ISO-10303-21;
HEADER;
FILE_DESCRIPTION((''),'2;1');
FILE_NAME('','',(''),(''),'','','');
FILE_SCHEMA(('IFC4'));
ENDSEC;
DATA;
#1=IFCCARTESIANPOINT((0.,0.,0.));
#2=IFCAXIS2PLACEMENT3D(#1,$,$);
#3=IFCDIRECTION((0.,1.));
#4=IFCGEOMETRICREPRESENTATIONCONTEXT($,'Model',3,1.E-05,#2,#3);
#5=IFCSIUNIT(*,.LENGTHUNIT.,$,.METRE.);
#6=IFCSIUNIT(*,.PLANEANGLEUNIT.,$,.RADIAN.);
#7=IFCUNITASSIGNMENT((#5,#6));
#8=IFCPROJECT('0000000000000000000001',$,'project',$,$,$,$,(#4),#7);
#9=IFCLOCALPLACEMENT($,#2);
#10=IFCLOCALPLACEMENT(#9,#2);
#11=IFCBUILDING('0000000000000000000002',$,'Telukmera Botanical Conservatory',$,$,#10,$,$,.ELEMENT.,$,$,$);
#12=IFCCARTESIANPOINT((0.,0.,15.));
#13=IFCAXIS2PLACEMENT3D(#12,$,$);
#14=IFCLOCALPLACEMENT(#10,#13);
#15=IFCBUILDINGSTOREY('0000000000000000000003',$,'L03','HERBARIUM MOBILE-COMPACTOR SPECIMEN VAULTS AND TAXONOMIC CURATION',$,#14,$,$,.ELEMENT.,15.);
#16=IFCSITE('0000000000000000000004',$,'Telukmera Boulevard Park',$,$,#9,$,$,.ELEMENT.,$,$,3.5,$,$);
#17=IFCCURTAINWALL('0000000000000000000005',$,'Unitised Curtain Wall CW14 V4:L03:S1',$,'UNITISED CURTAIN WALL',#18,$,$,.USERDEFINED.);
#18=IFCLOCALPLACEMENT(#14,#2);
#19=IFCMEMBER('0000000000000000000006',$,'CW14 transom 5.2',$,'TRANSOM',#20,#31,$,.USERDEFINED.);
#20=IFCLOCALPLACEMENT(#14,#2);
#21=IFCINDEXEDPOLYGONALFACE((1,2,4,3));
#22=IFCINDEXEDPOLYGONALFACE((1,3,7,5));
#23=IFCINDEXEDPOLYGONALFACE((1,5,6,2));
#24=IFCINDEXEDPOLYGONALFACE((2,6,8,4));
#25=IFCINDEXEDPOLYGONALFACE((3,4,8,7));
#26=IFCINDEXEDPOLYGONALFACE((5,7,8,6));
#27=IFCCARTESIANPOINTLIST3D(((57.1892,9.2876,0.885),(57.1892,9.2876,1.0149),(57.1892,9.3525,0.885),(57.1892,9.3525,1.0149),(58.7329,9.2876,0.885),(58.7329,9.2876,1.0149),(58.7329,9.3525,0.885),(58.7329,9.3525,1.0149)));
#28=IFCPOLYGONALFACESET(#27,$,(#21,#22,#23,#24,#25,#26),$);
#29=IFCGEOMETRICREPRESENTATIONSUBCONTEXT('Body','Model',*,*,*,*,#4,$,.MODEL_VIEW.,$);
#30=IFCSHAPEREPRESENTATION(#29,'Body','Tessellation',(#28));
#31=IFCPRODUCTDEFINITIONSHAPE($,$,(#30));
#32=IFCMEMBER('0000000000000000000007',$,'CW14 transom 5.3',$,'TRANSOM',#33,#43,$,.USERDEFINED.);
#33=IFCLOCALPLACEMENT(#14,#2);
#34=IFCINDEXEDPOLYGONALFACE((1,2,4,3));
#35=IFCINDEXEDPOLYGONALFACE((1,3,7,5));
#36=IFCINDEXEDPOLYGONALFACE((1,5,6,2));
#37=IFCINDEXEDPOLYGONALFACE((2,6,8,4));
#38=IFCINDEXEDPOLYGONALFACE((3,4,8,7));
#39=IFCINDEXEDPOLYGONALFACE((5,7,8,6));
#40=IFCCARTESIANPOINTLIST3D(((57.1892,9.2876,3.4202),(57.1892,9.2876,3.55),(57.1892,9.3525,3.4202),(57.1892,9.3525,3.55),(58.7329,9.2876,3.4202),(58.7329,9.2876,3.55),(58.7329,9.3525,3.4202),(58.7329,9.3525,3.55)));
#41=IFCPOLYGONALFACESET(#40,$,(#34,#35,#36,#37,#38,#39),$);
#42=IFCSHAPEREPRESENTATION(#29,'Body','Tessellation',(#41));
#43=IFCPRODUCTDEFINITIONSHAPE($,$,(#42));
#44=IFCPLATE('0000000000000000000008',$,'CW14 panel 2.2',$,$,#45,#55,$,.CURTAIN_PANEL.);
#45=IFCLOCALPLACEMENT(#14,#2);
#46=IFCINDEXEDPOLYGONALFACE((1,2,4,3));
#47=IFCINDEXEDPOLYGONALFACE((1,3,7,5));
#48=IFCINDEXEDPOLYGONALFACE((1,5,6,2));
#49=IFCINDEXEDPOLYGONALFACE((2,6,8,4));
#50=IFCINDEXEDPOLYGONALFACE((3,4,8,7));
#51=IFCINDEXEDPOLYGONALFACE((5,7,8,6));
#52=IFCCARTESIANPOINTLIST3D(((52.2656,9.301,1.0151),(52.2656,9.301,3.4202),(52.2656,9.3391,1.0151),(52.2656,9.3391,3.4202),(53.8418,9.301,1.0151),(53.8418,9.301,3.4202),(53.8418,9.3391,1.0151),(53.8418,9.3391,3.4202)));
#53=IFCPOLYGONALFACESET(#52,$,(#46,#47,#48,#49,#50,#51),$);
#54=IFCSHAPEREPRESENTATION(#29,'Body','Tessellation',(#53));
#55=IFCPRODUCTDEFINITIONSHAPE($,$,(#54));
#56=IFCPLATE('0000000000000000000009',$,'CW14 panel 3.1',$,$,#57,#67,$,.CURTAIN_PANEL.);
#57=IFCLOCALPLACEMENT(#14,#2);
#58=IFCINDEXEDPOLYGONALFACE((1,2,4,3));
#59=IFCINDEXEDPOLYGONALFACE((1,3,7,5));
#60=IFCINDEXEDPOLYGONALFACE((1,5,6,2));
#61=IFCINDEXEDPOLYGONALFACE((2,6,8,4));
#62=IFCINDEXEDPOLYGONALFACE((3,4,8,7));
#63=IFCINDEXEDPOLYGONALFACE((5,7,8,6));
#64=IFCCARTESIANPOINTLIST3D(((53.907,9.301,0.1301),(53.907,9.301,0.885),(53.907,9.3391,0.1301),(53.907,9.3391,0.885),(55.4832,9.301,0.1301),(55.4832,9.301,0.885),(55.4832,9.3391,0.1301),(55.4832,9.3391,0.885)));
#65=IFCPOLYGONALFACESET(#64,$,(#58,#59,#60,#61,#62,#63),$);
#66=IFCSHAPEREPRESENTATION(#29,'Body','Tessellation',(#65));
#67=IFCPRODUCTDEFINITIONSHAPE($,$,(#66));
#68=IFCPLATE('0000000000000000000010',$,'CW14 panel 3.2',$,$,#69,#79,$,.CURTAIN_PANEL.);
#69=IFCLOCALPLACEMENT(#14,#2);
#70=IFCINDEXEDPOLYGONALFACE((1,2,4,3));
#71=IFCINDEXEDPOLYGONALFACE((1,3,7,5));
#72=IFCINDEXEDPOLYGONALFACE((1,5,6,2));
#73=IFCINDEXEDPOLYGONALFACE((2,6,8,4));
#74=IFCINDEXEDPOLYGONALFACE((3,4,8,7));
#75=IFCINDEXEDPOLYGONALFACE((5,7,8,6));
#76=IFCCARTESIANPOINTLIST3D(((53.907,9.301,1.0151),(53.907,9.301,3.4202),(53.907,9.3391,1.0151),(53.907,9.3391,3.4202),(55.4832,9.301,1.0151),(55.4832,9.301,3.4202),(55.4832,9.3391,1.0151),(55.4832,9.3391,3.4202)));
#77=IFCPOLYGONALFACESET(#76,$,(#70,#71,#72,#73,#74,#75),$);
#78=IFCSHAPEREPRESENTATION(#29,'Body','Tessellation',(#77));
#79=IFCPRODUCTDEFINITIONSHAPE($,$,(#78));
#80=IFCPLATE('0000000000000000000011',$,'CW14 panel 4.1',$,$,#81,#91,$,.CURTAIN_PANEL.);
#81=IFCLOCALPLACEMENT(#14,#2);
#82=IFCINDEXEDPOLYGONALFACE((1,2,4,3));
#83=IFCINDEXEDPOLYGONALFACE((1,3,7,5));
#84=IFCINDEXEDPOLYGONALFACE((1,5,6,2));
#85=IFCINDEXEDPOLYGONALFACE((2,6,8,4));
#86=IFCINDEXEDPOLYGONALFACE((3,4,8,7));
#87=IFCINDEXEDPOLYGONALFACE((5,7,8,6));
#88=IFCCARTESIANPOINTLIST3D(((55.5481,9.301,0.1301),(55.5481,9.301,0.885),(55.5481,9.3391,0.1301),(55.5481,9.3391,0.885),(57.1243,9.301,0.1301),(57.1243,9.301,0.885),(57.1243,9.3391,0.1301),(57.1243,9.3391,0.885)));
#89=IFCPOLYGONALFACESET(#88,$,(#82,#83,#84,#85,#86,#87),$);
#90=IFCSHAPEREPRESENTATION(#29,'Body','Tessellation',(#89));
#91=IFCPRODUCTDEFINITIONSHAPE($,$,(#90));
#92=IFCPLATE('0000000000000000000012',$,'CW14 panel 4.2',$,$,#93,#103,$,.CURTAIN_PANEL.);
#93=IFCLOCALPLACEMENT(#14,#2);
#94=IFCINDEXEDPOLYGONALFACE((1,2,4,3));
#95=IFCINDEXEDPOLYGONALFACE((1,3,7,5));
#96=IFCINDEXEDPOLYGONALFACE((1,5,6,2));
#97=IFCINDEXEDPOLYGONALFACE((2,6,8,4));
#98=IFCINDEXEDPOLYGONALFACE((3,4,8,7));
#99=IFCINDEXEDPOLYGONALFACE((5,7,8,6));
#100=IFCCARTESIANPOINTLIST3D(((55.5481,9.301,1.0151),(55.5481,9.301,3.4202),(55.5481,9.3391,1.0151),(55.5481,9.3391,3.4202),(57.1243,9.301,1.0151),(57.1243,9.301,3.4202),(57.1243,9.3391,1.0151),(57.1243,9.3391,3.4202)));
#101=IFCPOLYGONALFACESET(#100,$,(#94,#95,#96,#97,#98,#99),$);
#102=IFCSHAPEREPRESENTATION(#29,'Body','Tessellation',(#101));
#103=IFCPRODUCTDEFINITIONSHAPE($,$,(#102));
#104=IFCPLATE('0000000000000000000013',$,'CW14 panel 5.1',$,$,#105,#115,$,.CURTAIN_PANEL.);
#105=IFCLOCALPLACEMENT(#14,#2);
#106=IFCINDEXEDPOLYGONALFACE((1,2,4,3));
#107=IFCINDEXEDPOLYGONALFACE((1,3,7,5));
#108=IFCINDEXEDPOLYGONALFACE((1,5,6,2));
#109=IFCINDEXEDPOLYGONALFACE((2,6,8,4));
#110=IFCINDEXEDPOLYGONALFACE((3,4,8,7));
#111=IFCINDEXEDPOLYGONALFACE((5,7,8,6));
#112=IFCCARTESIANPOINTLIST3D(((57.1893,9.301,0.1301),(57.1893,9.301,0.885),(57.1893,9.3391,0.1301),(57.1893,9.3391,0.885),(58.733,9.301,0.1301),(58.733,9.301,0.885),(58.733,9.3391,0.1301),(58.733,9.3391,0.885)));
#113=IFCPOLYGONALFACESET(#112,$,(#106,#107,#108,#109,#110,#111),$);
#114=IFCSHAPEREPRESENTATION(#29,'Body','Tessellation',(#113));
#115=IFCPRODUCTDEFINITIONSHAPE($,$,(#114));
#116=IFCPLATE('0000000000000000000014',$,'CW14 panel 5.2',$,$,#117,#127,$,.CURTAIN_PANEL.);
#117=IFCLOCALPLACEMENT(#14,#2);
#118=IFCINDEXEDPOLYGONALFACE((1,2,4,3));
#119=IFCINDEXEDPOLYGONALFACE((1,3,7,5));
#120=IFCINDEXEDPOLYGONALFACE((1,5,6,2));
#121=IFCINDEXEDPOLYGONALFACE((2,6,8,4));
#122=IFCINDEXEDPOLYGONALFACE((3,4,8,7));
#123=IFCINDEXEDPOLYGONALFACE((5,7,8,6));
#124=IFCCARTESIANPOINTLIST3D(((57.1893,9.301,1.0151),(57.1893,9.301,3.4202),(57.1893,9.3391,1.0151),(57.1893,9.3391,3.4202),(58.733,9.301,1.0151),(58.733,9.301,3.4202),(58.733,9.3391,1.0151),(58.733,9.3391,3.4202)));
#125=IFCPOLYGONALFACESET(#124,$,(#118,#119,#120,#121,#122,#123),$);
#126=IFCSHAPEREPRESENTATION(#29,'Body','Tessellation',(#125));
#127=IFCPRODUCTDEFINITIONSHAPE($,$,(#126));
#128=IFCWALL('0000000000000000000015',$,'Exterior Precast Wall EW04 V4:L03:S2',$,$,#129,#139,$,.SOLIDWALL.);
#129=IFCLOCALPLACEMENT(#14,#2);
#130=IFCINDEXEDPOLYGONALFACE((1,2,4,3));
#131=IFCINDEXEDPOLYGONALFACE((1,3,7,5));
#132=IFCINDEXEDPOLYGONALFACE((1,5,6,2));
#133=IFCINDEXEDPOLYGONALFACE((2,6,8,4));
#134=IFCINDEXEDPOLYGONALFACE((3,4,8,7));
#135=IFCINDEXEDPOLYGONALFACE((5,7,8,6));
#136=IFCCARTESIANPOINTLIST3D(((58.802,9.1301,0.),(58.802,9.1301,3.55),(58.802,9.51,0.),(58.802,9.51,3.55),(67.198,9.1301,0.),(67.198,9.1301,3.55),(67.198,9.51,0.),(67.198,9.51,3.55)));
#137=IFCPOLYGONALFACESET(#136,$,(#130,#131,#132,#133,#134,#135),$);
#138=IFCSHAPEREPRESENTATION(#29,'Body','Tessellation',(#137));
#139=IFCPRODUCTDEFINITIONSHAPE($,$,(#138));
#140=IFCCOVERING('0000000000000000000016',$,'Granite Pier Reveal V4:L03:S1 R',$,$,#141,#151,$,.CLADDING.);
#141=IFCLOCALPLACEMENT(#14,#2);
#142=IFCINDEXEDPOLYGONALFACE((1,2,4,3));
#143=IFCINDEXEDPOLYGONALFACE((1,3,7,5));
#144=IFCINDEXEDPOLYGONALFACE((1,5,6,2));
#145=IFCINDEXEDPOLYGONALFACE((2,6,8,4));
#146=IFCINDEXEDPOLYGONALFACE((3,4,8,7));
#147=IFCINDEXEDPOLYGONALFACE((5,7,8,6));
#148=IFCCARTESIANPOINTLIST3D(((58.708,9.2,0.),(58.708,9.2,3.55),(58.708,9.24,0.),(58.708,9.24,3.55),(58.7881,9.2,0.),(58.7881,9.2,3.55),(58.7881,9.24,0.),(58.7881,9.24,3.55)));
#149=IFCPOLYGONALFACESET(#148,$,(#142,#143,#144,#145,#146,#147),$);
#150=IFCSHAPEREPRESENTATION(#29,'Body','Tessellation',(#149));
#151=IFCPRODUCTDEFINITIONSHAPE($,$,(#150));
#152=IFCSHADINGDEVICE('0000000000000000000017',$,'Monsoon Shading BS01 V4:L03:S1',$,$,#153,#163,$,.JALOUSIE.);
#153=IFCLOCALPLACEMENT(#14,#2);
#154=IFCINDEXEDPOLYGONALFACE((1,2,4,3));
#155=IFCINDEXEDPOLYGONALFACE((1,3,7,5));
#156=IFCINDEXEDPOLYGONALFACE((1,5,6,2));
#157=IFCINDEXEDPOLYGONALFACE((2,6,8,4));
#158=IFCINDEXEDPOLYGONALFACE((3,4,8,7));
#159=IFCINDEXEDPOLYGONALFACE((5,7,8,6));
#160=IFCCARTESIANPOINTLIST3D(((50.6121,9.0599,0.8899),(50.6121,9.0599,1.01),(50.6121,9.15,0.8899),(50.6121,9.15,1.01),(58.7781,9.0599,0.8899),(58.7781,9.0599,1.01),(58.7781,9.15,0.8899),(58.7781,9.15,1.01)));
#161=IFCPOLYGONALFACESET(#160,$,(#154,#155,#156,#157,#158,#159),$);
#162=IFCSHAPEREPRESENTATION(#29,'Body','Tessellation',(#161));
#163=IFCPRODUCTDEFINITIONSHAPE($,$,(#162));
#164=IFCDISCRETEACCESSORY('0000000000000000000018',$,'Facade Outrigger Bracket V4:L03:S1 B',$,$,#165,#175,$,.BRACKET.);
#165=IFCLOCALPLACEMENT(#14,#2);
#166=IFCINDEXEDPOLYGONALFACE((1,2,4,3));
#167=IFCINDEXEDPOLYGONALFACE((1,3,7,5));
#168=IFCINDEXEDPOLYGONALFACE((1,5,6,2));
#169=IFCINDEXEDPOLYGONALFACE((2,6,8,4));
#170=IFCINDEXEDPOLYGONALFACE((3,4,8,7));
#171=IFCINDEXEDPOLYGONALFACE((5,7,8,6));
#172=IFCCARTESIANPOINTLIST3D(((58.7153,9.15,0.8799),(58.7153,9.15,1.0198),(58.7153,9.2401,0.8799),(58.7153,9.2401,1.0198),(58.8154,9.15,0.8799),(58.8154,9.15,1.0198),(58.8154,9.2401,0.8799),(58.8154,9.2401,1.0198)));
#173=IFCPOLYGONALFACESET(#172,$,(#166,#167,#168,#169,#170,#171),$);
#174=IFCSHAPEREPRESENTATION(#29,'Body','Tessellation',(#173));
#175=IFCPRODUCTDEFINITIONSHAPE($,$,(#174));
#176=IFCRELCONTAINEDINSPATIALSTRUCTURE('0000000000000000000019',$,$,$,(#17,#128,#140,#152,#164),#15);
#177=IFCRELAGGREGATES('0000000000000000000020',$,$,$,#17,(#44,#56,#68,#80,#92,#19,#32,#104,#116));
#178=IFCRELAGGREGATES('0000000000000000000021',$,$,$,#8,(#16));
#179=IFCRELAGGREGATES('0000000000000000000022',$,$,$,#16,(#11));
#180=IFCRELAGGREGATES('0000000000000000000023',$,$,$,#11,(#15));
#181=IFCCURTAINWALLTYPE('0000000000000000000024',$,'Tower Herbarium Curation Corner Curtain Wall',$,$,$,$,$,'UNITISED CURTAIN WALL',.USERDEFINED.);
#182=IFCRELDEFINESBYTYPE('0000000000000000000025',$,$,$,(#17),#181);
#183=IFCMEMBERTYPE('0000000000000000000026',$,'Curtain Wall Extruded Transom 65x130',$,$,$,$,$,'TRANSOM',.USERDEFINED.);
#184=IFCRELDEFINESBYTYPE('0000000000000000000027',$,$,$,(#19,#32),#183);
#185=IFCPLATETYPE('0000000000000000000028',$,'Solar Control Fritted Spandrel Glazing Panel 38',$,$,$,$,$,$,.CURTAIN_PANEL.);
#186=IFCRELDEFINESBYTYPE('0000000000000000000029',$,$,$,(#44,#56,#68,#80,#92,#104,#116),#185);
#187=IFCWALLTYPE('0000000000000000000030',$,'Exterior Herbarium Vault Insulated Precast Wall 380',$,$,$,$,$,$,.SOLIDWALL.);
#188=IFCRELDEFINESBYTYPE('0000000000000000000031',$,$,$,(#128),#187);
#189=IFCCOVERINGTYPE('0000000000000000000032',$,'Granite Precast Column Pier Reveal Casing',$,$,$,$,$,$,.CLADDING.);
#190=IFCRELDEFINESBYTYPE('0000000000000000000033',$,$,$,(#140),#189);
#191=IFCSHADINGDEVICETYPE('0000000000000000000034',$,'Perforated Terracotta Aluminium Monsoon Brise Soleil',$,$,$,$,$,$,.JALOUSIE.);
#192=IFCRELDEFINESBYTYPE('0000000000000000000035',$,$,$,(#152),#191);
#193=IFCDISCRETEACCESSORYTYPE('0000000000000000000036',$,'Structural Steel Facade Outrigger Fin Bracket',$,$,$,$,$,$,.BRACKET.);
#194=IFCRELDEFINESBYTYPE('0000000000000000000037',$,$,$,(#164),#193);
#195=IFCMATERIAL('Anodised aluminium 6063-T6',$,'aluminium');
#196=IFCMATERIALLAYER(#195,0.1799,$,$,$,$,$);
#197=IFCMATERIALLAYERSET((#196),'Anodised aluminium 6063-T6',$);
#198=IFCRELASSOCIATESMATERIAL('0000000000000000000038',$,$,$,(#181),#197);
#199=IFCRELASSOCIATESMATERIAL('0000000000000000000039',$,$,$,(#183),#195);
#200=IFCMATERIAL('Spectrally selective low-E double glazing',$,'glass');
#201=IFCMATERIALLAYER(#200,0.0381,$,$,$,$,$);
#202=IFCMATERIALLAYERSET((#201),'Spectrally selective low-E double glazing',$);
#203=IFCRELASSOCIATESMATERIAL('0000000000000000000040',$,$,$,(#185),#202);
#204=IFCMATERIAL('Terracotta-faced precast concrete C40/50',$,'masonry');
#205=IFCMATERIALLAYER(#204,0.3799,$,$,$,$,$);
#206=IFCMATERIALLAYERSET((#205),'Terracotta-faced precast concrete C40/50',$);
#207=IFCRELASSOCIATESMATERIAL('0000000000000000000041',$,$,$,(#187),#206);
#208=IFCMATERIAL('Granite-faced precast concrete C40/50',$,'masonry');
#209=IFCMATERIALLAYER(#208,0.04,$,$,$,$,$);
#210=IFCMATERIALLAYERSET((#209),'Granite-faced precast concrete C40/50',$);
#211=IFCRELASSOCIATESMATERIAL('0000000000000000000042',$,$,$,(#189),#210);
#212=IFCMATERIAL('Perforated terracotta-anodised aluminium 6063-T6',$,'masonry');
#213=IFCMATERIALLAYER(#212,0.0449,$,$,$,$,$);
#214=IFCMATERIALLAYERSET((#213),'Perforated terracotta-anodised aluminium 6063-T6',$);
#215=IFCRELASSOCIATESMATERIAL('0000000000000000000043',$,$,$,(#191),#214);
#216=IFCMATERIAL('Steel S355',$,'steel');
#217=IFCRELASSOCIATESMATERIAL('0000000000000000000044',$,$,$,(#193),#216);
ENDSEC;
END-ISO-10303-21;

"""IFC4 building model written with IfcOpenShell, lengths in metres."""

from ifc_helpers import new_model, si_unit, direction, frame, frame_2d, origin, origin_2d, place, context, subcontext, project, spatial, rectangle, extrude, material, layer, layer_set, material_profile, profile_set, type_object, element, aggregate, save


model = new_model("IFC4")

# Units and contexts
model_context = context("Model", 3, precision=1e-05, world=origin(), true_north=direction((0.0, 1.0)))
body_context = subcontext(model_context, "Body", "Model", "MODEL_VIEW")
ifc_project = project(units=[si_unit("LENGTHUNIT", "METRE"), si_unit("PLANEANGLEUNIT", "RADIAN")], contexts=[model_context])

# Site, building, storey
site_placement = place(None, origin())
site = spatial("IfcSite", under=ifc_project, at=site_placement, Name="Telukmera Boulevard Park", CompositionType="ELEMENT", RefElevation=3.5)
building_placement = place(site_placement, origin())
building = spatial("IfcBuilding", under=site, at=building_placement, Name="Telukmera Botanical Conservatory", CompositionType="ELEMENT")
storey_placement = place(building_placement, frame((0.0, 0.0, 15.0)))
storey = spatial("IfcBuildingStorey", under=building, at=storey_placement, Name="L03", Description="HERBARIUM MOBILE-COMPACTOR SPECIMEN VAULTS AND TAXONOMIC CURATION", CompositionType="ELEMENT", Elevation=15.0)

# Curtain wall, members, plates
ifc_material_1 = material(Name="Anodised aluminium 6063-T6", Category="aluminium")
ifc_layer_1 = layer(ifc_material_1, 0.1799)
ifc_layer_set_1 = layer_set([ifc_layer_1], Name="Anodised aluminium 6063-T6")
curtain_wall_type = type_object("IfcCurtainWallType", Name="Tower Herbarium Curation Corner Curtain Wall", ElementType="UNITISED CURTAIN WALL", PredefinedType="USERDEFINED", material=ifc_layer_set_1)
curtain_wall_placement = place(storey_placement, origin())
curtain_wall = element("IfcCurtainWall", 1, at=curtain_wall_placement, inside=storey, type_object=curtain_wall_type, Name="Unitised Curtain Wall CW14 V4:L03:S1", ObjectType="UNITISED CURTAIN WALL", PredefinedType="USERDEFINED")
ifc_material_profile_1 = material_profile(ifc_material_1, rectangle(XDim=0.0649, YDim=0.1299, at=origin_2d()), Name="ALU TRAN 65x130")
ifc_profile_set_1 = profile_set([ifc_material_profile_1], Name="Anodised aluminium 6063-T6")
member_type_1 = type_object("IfcMemberType", Name="Curtain Wall Extruded Transom 65x130", ElementType="TRANSOM", PredefinedType="USERDEFINED", material=ifc_profile_set_1)
member_1_placement = place(storey_placement, frame((57.1892, 9.3201, 0.95), z_axis=(1.0, 0.0, 0.0), x_axis=(0.0, 1.0, 0.0)))
member_1 = element("IfcMember", 2, at=member_1_placement, type_object=member_type_1, Name="CW14 transom 5.2", ObjectType="TRANSOM", PredefinedType="USERDEFINED", context=body_context, shape_type="SweptSolid", body=[
    extrude(rectangle(XDim=0.0649, YDim=0.1299, at=origin_2d()), origin(), (0.0, 0.0, 1.0), 1.5437),
])
member_2_placement = place(storey_placement, frame((57.1892, 9.3201, 3.4851), z_axis=(1.0, 0.0, 0.0), x_axis=(0.0, 1.0, 0.0)))
member_2 = element("IfcMember", 3, at=member_2_placement, type_object=member_type_1, Name="CW14 transom 5.3", ObjectType="TRANSOM", PredefinedType="USERDEFINED", context=body_context, shape_type="SweptSolid", body=[
    extrude(rectangle(XDim=0.0649, YDim=0.1299, at=origin_2d()), origin(), (0.0, 0.0, 1.0), 1.5437),
])
ifc_material_2 = material(Name="Spectrally selective low-E double glazing", Category="glass")
ifc_layer_2 = layer(ifc_material_2, 0.0381)
ifc_layer_set_2 = layer_set([ifc_layer_2], Name="Spectrally selective low-E double glazing")
plate_type = type_object("IfcPlateType", Name="Solar Control Fritted Spandrel Glazing Panel 38", PredefinedType="CURTAIN_PANEL", material=ifc_layer_set_2)
plate_1_placement = place(storey_placement, frame((53.0537, 9.3201, 1.0151), z_axis=(0.0, 0.0, 1.0), x_axis=(1.0, 0.0, 0.0)))
plate_1 = element("IfcPlate", 4, at=plate_1_placement, type_object=plate_type, Name="CW14 panel 2.2", PredefinedType="CURTAIN_PANEL", context=body_context, shape_type="SweptSolid", body=[
    extrude(rectangle(XDim=1.5762, YDim=0.0381, at=origin_2d()), origin(), (0.0, 0.0, 1.0), 2.405),
])
plate_2_placement = place(storey_placement, frame((54.6951, 9.3201, 0.1301), z_axis=(0.0, 0.0, 1.0), x_axis=(1.0, 0.0, 0.0)))
plate_2 = element("IfcPlate", 5, at=plate_2_placement, type_object=plate_type, Name="CW14 panel 3.1", PredefinedType="CURTAIN_PANEL", context=body_context, shape_type="SweptSolid", body=[
    extrude(rectangle(XDim=1.5762, YDim=0.0381, at=origin_2d()), origin(), (0.0, 0.0, 1.0), 0.7549),
])
plate_3_placement = place(storey_placement, frame((54.6951, 9.3201, 1.0151), z_axis=(0.0, 0.0, 1.0), x_axis=(1.0, 0.0, 0.0)))
plate_3 = element("IfcPlate", 6, at=plate_3_placement, type_object=plate_type, Name="CW14 panel 3.2", PredefinedType="CURTAIN_PANEL", context=body_context, shape_type="SweptSolid", body=[
    extrude(rectangle(XDim=1.5762, YDim=0.0381, at=origin_2d()), origin(), (0.0, 0.0, 1.0), 2.405),
])
plate_4_placement = place(storey_placement, frame((56.3362, 9.3201, 0.1301), z_axis=(0.0, 0.0, 1.0), x_axis=(1.0, 0.0, 0.0)))
plate_4 = element("IfcPlate", 7, at=plate_4_placement, type_object=plate_type, Name="CW14 panel 4.1", PredefinedType="CURTAIN_PANEL", context=body_context, shape_type="SweptSolid", body=[
    extrude(rectangle(XDim=1.5762, YDim=0.0381, at=origin_2d()), origin(), (0.0, 0.0, 1.0), 0.7549),
])
plate_5_placement = place(storey_placement, frame((56.3362, 9.3201, 1.0151), z_axis=(0.0, 0.0, 1.0), x_axis=(1.0, 0.0, 0.0)))
plate_5 = element("IfcPlate", 8, at=plate_5_placement, type_object=plate_type, Name="CW14 panel 4.2", PredefinedType="CURTAIN_PANEL", context=body_context, shape_type="SweptSolid", body=[
    extrude(rectangle(XDim=1.5762, YDim=0.0381, at=origin_2d()), origin(), (0.0, 0.0, 1.0), 2.405),
])
plate_6_placement = place(storey_placement, frame((57.9612, 9.3201, 0.1301), z_axis=(0.0, 0.0, 1.0), x_axis=(1.0, 0.0, 0.0)))
plate_6 = element("IfcPlate", 9, at=plate_6_placement, type_object=plate_type, Name="CW14 panel 5.1", PredefinedType="CURTAIN_PANEL", context=body_context, shape_type="SweptSolid", body=[
    extrude(rectangle(XDim=1.5437, YDim=0.0381, at=origin_2d()), origin(), (0.0, 0.0, 1.0), 0.7549),
])
plate_7_placement = place(storey_placement, frame((57.9612, 9.3201, 1.0151), z_axis=(0.0, 0.0, 1.0), x_axis=(1.0, 0.0, 0.0)))
plate_7 = element("IfcPlate", 10, at=plate_7_placement, type_object=plate_type, Name="CW14 panel 5.2", PredefinedType="CURTAIN_PANEL", context=body_context, shape_type="SweptSolid", body=[
    extrude(rectangle(XDim=1.5437, YDim=0.0381, at=origin_2d()), origin(), (0.0, 0.0, 1.0), 2.405),
])
aggregate(curtain_wall, [plate_1, plate_2, plate_3, plate_4, plate_5, member_1, member_2, plate_6, plate_7])

# Wall
ifc_material_3 = material(Name="Terracotta-faced precast concrete C40/50", Category="masonry")
ifc_layer_3 = layer(ifc_material_3, 0.3799)
ifc_layer_set_3 = layer_set([ifc_layer_3], Name="Terracotta-faced precast concrete C40/50")
wall_type = type_object("IfcWallType", Name="Exterior Herbarium Vault Insulated Precast Wall 380", PredefinedType="SOLIDWALL", material=ifc_layer_set_3)
wall_placement = place(storey_placement, frame((58.802, 9.3201, 0.0), z_axis=(0.0, 0.0, 1.0), x_axis=(1.0, 0.0, 0.0)))
element("IfcWall", 11, at=wall_placement, inside=storey, type_object=wall_type, Name="Exterior Precast Wall EW04 V4:L03:S2", PredefinedType="SOLIDWALL", context=body_context, shape_type="SweptSolid", body=[
    extrude(rectangle(XDim=8.396, YDim=0.3799, at=frame_2d((4.198, 0.0))), origin(), (0.0, 0.0, 1.0), 3.55),
])

# Covering
ifc_material_4 = material(Name="Granite-faced precast concrete C40/50", Category="masonry")
ifc_layer_4 = layer(ifc_material_4, 0.04)
ifc_layer_set_4 = layer_set([ifc_layer_4], Name="Granite-faced precast concrete C40/50")
covering_type = type_object("IfcCoveringType", Name="Granite Precast Column Pier Reveal Casing", PredefinedType="CLADDING", material=ifc_layer_set_4)
covering_placement = place(storey_placement, frame((58.748, 9.22, 0.0), z_axis=(0.0, 0.0, 1.0), x_axis=(1.0, 0.0, 0.0)))
element("IfcCovering", 12, at=covering_placement, inside=storey, type_object=covering_type, Name="Granite Pier Reveal V4:L03:S1 R", PredefinedType="CLADDING", context=body_context, shape_type="SweptSolid", body=[
    extrude(rectangle(XDim=0.0801, YDim=0.04, at=origin_2d()), origin(), (0.0, 0.0, 1.0), 3.55),
])

# Shading device
ifc_material_5 = material(Name="Perforated terracotta-anodised aluminium 6063-T6", Category="masonry")
ifc_layer_5 = layer(ifc_material_5, 0.0449)
ifc_layer_set_5 = layer_set([ifc_layer_5], Name="Perforated terracotta-anodised aluminium 6063-T6")
shading_device_type = type_object("IfcShadingDeviceType", Name="Perforated Terracotta Aluminium Monsoon Brise Soleil", PredefinedType="JALOUSIE", material=ifc_layer_set_5)
shading_device_placement = place(storey_placement, frame((54.6951, 9.105, 0.8899), z_axis=(0.0, 0.0, 1.0), x_axis=(1.0, 0.0, 0.0)))
element("IfcShadingDevice", 13, at=shading_device_placement, inside=storey, type_object=shading_device_type, Name="Monsoon Shading BS01 V4:L03:S1", PredefinedType="JALOUSIE", context=body_context, shape_type="SweptSolid", body=[
    extrude(rectangle(XDim=8.166, YDim=0.0901, at=origin_2d()), origin(), (0.0, 0.0, 1.0), 0.1201),
])

# Discrete accessory
ifc_material_6 = material(Name="Steel S355", Category="steel")
discrete_accessory_type = type_object("IfcDiscreteAccessoryType", Name="Structural Steel Facade Outrigger Fin Bracket", PredefinedType="BRACKET", material=ifc_material_6)
discrete_accessory_placement = place(storey_placement, frame((58.7654, 9.1951, 0.8799), z_axis=(0.0, 0.0, 1.0), x_axis=(1.0, 0.0, 0.0)))
element("IfcDiscreteAccessory", 14, at=discrete_accessory_placement, inside=storey, type_object=discrete_accessory_type, Name="Facade Outrigger Bracket V4:L03:S1 B", PredefinedType="BRACKET", context=body_context, shape_type="SweptSolid", body=[
    extrude(rectangle(XDim=0.1001, YDim=0.0901, at=origin_2d()), origin(), (0.0, 0.0, 1.0), 0.1399),
])

save(model, "model.ifc")
